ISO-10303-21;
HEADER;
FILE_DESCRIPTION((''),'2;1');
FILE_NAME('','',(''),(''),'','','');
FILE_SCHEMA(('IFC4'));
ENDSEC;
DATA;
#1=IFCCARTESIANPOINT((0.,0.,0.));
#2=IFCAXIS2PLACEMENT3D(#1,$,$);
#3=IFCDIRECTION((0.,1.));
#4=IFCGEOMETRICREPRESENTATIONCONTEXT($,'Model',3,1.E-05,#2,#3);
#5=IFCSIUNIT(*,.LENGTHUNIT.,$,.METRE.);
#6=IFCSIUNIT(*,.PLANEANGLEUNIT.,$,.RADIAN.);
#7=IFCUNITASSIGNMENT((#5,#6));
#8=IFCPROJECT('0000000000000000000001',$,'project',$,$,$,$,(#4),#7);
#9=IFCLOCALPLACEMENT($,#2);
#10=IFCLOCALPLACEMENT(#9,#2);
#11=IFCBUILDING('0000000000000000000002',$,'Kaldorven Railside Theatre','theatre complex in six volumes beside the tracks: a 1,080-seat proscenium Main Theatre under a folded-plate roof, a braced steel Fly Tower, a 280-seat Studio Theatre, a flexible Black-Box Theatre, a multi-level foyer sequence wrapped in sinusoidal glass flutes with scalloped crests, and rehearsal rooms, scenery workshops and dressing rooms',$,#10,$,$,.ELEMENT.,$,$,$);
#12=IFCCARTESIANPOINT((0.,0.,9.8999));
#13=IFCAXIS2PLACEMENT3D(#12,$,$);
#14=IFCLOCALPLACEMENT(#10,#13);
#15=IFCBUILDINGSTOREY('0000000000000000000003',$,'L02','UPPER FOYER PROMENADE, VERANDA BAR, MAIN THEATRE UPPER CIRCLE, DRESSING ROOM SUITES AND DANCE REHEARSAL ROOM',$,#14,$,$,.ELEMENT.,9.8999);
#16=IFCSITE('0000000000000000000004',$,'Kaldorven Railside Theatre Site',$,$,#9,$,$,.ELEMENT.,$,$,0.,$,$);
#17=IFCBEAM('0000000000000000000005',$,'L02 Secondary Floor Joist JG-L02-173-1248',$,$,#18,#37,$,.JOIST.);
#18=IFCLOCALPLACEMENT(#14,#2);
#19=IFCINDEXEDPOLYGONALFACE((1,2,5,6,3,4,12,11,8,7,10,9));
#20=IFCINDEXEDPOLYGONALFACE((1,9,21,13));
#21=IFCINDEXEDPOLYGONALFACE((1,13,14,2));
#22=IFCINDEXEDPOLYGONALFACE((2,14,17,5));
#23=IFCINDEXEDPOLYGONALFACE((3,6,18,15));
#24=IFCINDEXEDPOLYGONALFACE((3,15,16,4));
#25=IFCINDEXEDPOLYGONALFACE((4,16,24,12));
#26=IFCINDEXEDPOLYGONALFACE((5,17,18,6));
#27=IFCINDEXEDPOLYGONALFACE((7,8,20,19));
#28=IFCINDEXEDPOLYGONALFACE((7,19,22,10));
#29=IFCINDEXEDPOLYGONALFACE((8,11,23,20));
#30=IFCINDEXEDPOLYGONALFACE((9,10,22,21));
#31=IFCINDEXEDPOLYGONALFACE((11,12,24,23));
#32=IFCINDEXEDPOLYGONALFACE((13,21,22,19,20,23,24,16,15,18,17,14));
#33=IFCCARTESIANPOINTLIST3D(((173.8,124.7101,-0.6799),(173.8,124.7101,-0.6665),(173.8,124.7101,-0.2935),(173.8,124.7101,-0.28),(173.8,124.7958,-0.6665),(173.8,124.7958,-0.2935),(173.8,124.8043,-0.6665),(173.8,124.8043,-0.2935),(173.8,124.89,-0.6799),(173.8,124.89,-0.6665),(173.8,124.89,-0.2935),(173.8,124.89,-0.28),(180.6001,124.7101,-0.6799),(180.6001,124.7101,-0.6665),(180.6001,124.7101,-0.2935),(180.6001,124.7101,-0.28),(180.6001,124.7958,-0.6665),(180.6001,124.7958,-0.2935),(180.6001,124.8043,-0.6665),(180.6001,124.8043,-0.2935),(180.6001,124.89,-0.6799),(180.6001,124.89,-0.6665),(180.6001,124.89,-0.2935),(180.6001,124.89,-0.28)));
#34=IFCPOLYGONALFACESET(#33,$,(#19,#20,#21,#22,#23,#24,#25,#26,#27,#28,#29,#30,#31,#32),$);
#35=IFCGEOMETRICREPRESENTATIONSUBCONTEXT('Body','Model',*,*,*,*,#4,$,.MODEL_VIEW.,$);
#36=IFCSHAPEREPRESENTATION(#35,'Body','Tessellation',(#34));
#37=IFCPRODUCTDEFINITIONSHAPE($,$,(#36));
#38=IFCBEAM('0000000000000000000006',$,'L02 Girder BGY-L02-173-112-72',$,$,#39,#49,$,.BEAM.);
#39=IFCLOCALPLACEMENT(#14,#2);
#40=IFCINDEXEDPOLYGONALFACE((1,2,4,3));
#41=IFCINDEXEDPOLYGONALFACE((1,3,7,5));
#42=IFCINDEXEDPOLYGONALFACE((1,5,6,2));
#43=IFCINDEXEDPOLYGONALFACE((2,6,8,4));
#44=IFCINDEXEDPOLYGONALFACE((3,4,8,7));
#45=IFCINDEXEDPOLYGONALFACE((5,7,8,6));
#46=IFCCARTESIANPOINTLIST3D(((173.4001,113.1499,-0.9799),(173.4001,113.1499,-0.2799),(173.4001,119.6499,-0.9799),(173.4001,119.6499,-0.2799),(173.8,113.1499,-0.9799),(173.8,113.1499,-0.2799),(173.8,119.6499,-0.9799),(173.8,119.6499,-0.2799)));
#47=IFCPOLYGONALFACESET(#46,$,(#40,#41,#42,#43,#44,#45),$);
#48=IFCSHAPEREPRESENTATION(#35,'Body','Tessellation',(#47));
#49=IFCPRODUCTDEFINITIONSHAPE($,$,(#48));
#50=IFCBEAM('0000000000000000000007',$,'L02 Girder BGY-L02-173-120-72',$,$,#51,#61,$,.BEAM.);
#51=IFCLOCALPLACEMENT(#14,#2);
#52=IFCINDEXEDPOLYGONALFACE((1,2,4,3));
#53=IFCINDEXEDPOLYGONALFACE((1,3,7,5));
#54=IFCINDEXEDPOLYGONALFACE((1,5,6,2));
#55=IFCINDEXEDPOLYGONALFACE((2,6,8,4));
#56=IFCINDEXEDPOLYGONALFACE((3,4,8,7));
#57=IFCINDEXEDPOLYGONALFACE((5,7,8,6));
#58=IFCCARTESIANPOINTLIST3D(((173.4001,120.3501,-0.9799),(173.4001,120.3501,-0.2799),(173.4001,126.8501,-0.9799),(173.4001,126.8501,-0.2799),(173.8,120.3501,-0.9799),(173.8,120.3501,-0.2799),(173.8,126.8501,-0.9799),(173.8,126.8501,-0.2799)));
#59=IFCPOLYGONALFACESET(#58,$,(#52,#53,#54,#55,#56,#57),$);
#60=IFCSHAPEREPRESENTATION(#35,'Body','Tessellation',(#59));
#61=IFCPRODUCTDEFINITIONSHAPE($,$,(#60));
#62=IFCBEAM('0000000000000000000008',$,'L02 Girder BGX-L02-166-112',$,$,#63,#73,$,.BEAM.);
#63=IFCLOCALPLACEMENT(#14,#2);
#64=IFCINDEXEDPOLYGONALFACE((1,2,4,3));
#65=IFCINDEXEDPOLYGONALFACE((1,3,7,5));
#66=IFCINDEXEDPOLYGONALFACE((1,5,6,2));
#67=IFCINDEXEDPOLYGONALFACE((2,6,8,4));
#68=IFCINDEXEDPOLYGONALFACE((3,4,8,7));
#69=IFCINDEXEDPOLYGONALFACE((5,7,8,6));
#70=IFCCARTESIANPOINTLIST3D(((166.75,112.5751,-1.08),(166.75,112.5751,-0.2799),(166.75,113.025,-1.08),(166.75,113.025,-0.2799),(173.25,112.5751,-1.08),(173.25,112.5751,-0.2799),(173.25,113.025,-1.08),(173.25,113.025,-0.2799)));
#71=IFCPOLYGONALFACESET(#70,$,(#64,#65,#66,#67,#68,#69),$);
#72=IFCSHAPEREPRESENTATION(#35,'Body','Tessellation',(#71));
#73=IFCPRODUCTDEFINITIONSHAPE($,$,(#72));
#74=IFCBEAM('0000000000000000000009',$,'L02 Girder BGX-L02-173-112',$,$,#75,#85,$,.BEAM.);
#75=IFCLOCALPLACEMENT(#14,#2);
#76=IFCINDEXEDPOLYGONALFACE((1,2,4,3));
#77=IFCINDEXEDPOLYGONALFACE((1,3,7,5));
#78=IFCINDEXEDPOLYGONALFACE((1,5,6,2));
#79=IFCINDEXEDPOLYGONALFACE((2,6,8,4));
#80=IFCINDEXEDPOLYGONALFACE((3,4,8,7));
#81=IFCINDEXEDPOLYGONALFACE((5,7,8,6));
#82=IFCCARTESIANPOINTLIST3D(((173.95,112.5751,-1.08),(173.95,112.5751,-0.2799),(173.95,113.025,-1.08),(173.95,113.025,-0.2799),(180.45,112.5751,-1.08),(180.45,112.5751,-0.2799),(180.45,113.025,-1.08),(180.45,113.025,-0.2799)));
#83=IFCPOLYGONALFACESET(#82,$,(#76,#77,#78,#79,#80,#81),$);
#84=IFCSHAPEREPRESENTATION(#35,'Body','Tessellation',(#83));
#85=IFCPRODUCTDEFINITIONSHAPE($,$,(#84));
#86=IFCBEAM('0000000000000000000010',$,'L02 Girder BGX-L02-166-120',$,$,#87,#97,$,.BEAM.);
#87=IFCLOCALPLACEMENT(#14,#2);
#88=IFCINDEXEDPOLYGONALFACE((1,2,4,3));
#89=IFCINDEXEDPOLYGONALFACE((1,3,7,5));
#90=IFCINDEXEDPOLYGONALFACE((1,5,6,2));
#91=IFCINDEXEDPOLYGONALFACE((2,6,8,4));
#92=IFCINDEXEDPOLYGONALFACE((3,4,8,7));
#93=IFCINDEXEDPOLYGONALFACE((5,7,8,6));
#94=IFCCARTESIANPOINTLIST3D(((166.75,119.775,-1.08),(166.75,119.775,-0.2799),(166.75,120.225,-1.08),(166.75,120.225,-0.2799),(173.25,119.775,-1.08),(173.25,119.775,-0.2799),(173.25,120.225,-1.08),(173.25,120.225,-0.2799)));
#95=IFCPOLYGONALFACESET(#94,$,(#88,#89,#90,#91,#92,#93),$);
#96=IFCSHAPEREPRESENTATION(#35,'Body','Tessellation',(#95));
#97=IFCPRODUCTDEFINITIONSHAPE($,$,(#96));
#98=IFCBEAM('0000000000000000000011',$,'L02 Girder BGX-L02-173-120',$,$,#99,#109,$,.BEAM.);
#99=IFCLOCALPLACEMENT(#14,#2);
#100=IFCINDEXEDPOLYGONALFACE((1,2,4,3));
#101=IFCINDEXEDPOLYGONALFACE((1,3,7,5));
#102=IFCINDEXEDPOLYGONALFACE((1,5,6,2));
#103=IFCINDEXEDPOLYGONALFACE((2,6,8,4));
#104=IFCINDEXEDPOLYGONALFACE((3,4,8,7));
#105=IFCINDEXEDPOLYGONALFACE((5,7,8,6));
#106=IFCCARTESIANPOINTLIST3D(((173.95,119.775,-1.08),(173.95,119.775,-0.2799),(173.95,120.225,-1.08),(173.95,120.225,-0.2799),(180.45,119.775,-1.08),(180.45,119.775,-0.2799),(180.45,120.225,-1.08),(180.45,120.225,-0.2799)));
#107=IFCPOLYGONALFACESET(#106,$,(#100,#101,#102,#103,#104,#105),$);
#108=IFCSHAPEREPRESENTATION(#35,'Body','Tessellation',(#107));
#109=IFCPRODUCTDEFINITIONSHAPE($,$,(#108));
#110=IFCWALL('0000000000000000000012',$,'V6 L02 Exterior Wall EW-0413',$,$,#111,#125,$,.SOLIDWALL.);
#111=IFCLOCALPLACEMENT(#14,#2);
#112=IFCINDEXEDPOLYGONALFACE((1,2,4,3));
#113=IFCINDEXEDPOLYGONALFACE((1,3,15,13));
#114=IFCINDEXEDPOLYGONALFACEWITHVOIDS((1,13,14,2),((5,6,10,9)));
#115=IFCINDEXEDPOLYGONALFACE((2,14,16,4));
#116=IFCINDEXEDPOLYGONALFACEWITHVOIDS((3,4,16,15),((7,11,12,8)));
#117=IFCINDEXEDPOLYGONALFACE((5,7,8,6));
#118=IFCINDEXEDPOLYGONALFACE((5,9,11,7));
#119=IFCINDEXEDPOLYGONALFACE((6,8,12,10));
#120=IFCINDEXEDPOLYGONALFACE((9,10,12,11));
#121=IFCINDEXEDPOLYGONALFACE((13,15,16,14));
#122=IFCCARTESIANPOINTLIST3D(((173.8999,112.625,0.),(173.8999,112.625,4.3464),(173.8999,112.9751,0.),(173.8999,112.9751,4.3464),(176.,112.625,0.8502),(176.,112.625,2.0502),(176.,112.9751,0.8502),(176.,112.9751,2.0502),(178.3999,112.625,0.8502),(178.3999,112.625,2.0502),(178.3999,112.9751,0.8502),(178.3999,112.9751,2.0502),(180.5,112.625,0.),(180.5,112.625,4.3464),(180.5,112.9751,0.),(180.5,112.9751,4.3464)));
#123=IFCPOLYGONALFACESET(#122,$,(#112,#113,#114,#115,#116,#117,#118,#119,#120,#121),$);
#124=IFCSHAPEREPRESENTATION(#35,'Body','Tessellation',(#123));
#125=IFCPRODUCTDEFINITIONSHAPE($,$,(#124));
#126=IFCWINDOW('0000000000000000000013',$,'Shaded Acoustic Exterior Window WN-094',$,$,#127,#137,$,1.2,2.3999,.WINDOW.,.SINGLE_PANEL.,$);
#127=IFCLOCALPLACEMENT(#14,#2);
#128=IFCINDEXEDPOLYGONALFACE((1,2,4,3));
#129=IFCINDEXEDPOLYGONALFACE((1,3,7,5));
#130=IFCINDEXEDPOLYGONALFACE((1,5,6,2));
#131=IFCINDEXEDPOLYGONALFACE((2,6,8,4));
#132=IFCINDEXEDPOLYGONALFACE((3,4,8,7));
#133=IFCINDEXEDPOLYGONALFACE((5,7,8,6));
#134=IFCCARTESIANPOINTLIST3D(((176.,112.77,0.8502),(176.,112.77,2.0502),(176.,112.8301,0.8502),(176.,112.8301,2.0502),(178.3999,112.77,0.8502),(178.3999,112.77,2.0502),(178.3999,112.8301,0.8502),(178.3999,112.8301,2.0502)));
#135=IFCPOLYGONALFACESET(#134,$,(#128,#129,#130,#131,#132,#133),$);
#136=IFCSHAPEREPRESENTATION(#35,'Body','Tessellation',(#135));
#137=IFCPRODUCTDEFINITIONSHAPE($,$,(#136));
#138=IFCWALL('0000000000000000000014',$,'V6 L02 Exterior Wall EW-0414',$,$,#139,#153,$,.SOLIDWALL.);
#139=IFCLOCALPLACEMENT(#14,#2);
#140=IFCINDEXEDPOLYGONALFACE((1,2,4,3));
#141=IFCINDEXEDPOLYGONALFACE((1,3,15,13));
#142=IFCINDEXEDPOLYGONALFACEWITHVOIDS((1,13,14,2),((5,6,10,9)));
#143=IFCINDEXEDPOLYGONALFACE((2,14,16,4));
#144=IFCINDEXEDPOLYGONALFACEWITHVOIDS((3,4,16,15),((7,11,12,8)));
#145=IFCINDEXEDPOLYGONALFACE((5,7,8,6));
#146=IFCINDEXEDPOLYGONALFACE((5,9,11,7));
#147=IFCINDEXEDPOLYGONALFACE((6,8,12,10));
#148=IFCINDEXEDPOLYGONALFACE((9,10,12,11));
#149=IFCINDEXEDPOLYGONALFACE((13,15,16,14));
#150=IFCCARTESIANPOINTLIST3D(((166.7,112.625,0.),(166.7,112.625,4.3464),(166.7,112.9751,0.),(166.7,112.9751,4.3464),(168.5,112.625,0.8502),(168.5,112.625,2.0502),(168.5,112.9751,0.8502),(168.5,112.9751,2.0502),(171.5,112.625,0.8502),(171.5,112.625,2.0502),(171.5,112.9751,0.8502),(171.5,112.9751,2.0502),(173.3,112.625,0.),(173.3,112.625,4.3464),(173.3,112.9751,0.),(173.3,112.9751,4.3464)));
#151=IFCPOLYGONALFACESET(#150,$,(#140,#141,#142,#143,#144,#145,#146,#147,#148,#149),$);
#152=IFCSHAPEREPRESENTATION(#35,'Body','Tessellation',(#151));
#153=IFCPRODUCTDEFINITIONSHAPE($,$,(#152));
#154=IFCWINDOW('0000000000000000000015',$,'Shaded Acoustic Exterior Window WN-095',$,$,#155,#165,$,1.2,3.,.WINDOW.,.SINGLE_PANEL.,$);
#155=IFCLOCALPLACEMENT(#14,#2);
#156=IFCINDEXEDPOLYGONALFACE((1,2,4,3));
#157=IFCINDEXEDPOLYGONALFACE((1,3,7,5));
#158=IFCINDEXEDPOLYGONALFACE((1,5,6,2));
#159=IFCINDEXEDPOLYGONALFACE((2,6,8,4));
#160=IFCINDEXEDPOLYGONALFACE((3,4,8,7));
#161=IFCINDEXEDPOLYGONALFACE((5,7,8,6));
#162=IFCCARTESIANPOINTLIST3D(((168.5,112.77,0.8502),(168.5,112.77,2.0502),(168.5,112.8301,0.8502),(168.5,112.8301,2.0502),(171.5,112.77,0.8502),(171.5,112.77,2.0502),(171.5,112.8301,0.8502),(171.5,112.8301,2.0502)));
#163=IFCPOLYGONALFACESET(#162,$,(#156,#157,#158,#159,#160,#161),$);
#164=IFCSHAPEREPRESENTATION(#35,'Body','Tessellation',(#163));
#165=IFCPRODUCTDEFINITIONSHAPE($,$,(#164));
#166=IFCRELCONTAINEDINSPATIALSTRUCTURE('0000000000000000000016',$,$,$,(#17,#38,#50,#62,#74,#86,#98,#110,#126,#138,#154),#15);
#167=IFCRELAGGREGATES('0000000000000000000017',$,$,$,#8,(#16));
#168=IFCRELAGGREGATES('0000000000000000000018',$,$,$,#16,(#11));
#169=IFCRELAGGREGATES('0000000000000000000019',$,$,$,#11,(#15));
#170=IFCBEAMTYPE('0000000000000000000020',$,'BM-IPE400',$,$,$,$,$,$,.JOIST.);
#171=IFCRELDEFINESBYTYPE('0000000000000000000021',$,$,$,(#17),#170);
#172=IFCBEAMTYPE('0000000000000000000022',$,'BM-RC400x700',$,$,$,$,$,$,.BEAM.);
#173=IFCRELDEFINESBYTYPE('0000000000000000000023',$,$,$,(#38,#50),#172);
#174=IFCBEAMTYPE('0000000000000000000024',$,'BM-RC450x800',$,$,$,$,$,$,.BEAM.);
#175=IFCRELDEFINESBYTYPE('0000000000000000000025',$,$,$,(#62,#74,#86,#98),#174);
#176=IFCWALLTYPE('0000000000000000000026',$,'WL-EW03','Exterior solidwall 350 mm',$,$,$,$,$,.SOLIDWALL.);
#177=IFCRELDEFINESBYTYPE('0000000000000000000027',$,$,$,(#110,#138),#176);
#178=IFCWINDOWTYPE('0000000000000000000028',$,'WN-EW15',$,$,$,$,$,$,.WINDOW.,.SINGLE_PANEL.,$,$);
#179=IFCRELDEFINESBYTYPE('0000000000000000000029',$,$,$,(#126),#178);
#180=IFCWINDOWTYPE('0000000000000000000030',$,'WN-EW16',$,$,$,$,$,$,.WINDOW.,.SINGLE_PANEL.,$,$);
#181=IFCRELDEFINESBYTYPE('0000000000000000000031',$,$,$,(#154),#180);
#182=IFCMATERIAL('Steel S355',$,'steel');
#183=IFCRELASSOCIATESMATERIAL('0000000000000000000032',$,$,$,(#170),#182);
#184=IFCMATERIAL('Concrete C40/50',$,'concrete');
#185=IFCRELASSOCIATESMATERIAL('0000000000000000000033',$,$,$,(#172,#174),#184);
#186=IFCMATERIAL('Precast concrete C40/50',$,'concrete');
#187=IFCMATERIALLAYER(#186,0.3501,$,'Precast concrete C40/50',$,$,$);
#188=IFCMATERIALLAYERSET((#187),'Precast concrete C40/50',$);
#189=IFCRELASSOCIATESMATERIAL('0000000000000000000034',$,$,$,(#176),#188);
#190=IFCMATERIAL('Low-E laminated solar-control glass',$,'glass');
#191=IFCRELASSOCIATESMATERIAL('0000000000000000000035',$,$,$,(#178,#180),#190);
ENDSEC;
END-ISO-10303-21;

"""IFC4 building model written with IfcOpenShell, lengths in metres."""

from ifc_helpers import new_model, si_unit, direction, frame, frame_2d, origin, origin_2d, place, context, subcontext, project, spatial, rectangle, i_section, extrude, material, layer, layer_set, material_profile, profile_set, type_object, element, fill, save


model = new_model("IFC4")

# Units and contexts
model_context = context("Model", 3, precision=1e-05, world=origin(), true_north=direction((0.0, 1.0)))
body_context = subcontext(model_context, "Body", "Model", "MODEL_VIEW")
ifc_project = project(units=[si_unit("LENGTHUNIT", "METRE"), si_unit("PLANEANGLEUNIT", "RADIAN")], contexts=[model_context])

# Site, building, storey
site_placement = place(None, origin())
site = spatial("IfcSite", under=ifc_project, at=site_placement, Name="Kaldorven Railside Theatre Site", CompositionType="ELEMENT", RefElevation=0.0)
building_placement = place(site_placement, origin())
building = spatial("IfcBuilding", under=site, at=building_placement, Name="Kaldorven Railside Theatre", Description="theatre complex in six volumes beside the tracks: a 1,080-seat proscenium Main Theatre under a folded-plate roof, a braced steel Fly Tower, a 280-seat Studio Theatre, a flexible Black-Box Theatre, a multi-level foyer sequence wrapped in sinusoidal glass flutes with scalloped crests, and rehearsal rooms, scenery workshops and dressing rooms", CompositionType="ELEMENT")
storey_placement = place(building_placement, frame((0.0, 0.0, 9.8999)))
storey = spatial("IfcBuildingStorey", under=building, at=storey_placement, Name="L02", Description="UPPER FOYER PROMENADE, VERANDA BAR, MAIN THEATRE UPPER CIRCLE, DRESSING ROOM SUITES AND DANCE REHEARSAL ROOM", CompositionType="ELEMENT", Elevation=9.8999)

# Shared definitions
ifc_material_1 = material(Name="Concrete C40/50", Category="concrete")

# Beams
ifc_material_2 = material(Name="Steel S355", Category="steel")
ifc_material_profile_1 = material_profile(ifc_material_2, i_section(OverallWidth=0.1799, OverallDepth=0.3999, WebThickness=0.0085, FlangeThickness=0.0134, at=origin_2d()), Name="IPE 400")
ifc_profile_set_1 = profile_set([ifc_material_profile_1], Name="Steel S355")
beam_type_1 = type_object("IfcBeamType", Name="BM-IPE400", PredefinedType="JOIST", material=ifc_profile_set_1)
for number, where, z_axis, x_axis, name in (
    (1, (173.8, 124.8, -0.48), (1.0, 0.0, 0.0), (0.0, 1.0, 0.0), "L02 Secondary Floor Joist JG-L02-173-1248"),
):
    element("IfcBeam", number, at=place(storey_placement, frame(where, z_axis=z_axis, x_axis=x_axis)), inside=storey, type_object=beam_type_1, Name=name, PredefinedType="JOIST", context=body_context, shape_type="SweptSolid", body=[
        extrude(i_section(OverallWidth=0.1799, OverallDepth=0.3999, WebThickness=0.0085, FlangeThickness=0.0134, at=origin_2d()), origin(), (0.0, 0.0, 1.0), 6.8),
    ])
ifc_material_profile_2 = material_profile(ifc_material_1, rectangle(XDim=0.3999, YDim=0.7, at=origin_2d()), Name="RC 400x700")
ifc_profile_set_2 = profile_set([ifc_material_profile_2], Name="Concrete C40/50")
beam_type_2 = type_object("IfcBeamType", Name="BM-RC400x700", PredefinedType="BEAM", material=ifc_profile_set_2)
for number, where, z_axis, x_axis, name in (
    (2, (173.6001, 113.1499, -0.6299), (0.0, 1.0, 0.0), (-1.0, 0.0, 0.0), "L02 Girder BGY-L02-173-112-72"),
    (3, (173.6001, 120.3501, -0.6299), (0.0, 1.0, 0.0), (-1.0, 0.0, 0.0), "L02 Girder BGY-L02-173-120-72"),
):
    element("IfcBeam", number, at=place(storey_placement, frame(where, z_axis=z_axis, x_axis=x_axis)), inside=storey, type_object=beam_type_2, Name=name, PredefinedType="BEAM", context=body_context, shape_type="SweptSolid", body=[
        extrude(rectangle(XDim=0.3999, YDim=0.7, at=origin_2d()), origin(), (0.0, 0.0, 1.0), 6.5),
    ])
ifc_material_profile_3 = material_profile(ifc_material_1, rectangle(XDim=0.45, YDim=0.8, at=origin_2d()), Name="RC 450x800")
ifc_profile_set_3 = profile_set([ifc_material_profile_3], Name="Concrete C40/50")
beam_type_3 = type_object("IfcBeamType", Name="BM-RC450x800", PredefinedType="BEAM", material=ifc_profile_set_3)
for number, where, z_axis, x_axis, name in (
    (4, (166.75, 112.8, -0.6799), (1.0, 0.0, 0.0), (0.0, 1.0, 0.0), "L02 Girder BGX-L02-166-112"),
    (5, (173.95, 112.8, -0.6799), (1.0, 0.0, 0.0), (0.0, 1.0, 0.0), "L02 Girder BGX-L02-173-112"),
    (6, (166.75, 120.0, -0.6799), (1.0, 0.0, 0.0), (0.0, 1.0, 0.0), "L02 Girder BGX-L02-166-120"),
    (7, (173.95, 120.0, -0.6799), (1.0, 0.0, 0.0), (0.0, 1.0, 0.0), "L02 Girder BGX-L02-173-120"),
):
    element("IfcBeam", number, at=place(storey_placement, frame(where, z_axis=z_axis, x_axis=x_axis)), inside=storey, type_object=beam_type_3, Name=name, PredefinedType="BEAM", context=body_context, shape_type="SweptSolid", body=[
        extrude(rectangle(XDim=0.45, YDim=0.8, at=origin_2d()), origin(), (0.0, 0.0, 1.0), 6.5),
    ])

# Walls, openings, windows
ifc_material_3 = material(Name="Precast concrete C40/50", Category="concrete")
ifc_layer_1 = layer(ifc_material_3, 0.3501, Name="Precast concrete C40/50")
ifc_layer_set_1 = layer_set([ifc_layer_1], Name="Precast concrete C40/50")
wall_type_1 = type_object("IfcWallType", Name="WL-EW03", Description="Exterior solidwall 350 mm", PredefinedType="SOLIDWALL", material=ifc_layer_set_1)
wall_1_placement = place(storey_placement, frame((180.5, 112.8, 0.0), z_axis=(0.0, 0.0, 1.0), x_axis=(-1.0, 0.0, 0.0)))
wall_1 = element("IfcWall", 8, at=wall_1_placement, inside=storey, type_object=wall_type_1, Name="V6 L02 Exterior Wall EW-0413", PredefinedType="SOLIDWALL", context=body_context, shape_type="SweptSolid", body=[
    extrude(rectangle(XDim=6.6001, YDim=0.3501, at=frame_2d((3.3, 0.0))), origin(), (0.0, 0.0, 1.0), 4.3464),
])
opening_1_placement = place(wall_1_placement, frame((2.1001, 0.0, 0.8501)))
opening_1 = element("IfcOpeningElement", 9, at=opening_1_placement, cuts=wall_1, PredefinedType="OPENING", context=body_context, shape_type="SweptSolid", body=[
    extrude(rectangle(XDim=2.3999, YDim=1.2, at=frame_2d((1.2, 0.6001))), frame((0.0, 0.1851, 0.0), z_axis=(0.0, -1.0, 0.0), x_axis=(1.0, 0.0, 0.0)), (0.0, 0.0, 1.0), 0.3701),
])
ifc_material_4 = material(Name="Low-E laminated solar-control glass", Category="glass")
window_type_1 = type_object("IfcWindowType", Name="WN-EW15", PartitioningType="SINGLE_PANEL", PredefinedType="WINDOW", material=ifc_material_4)
window_1_placement = place(opening_1_placement, origin())
window_1 = element("IfcWindow", 10, at=window_1_placement, inside=storey, type_object=window_type_1, Name="Shaded Acoustic Exterior Window WN-094", OverallHeight=1.2, OverallWidth=2.3999, PartitioningType="SINGLE_PANEL", PredefinedType="WINDOW", context=body_context, shape_type="SweptSolid", body=[
    extrude(rectangle(XDim=2.3999, YDim=1.2, at=frame_2d((1.2, 0.6001))), frame((0.0, 0.03, 0.0), z_axis=(0.0, -1.0, 0.0), x_axis=(1.0, 0.0, 0.0)), (0.0, 0.0, 1.0), 0.0601),
])
fill(opening_1, window_1)
wall_2_placement = place(storey_placement, frame((173.3, 112.8, 0.0), z_axis=(0.0, 0.0, 1.0), x_axis=(-1.0, 0.0, 0.0)))
wall_2 = element("IfcWall", 11, at=wall_2_placement, inside=storey, type_object=wall_type_1, Name="V6 L02 Exterior Wall EW-0414", PredefinedType="SOLIDWALL", context=body_context, shape_type="SweptSolid", body=[
    extrude(rectangle(XDim=6.6001, YDim=0.3501, at=frame_2d((3.3, 0.0))), origin(), (0.0, 0.0, 1.0), 4.3464),
])
opening_2_placement = place(wall_2_placement, frame((1.8, 0.0, 0.8501)))
opening_2 = element("IfcOpeningElement", 12, at=opening_2_placement, cuts=wall_2, PredefinedType="OPENING", context=body_context, shape_type="SweptSolid", body=[
    extrude(rectangle(XDim=3.0, YDim=1.2, at=frame_2d((1.5, 0.6001))), frame((0.0, 0.1851, 0.0), z_axis=(0.0, -1.0, 0.0), x_axis=(1.0, 0.0, 0.0)), (0.0, 0.0, 1.0), 0.3701),
])
window_type_2 = type_object("IfcWindowType", Name="WN-EW16", PartitioningType="SINGLE_PANEL", PredefinedType="WINDOW", material=ifc_material_4)
window_2_placement = place(opening_2_placement, origin())
window_2 = element("IfcWindow", 13, at=window_2_placement, inside=storey, type_object=window_type_2, Name="Shaded Acoustic Exterior Window WN-095", OverallHeight=1.2, OverallWidth=3.0, PartitioningType="SINGLE_PANEL", PredefinedType="WINDOW", context=body_context, shape_type="SweptSolid", body=[
    extrude(rectangle(XDim=3.0, YDim=1.2, at=frame_2d((1.5, 0.6001))), frame((0.0, 0.03, 0.0), z_axis=(0.0, -1.0, 0.0), x_axis=(1.0, 0.0, 0.0)), (0.0, 0.0, 1.0), 0.0601),
])
fill(opening_2, window_2)

save(model, "model.ifc")
